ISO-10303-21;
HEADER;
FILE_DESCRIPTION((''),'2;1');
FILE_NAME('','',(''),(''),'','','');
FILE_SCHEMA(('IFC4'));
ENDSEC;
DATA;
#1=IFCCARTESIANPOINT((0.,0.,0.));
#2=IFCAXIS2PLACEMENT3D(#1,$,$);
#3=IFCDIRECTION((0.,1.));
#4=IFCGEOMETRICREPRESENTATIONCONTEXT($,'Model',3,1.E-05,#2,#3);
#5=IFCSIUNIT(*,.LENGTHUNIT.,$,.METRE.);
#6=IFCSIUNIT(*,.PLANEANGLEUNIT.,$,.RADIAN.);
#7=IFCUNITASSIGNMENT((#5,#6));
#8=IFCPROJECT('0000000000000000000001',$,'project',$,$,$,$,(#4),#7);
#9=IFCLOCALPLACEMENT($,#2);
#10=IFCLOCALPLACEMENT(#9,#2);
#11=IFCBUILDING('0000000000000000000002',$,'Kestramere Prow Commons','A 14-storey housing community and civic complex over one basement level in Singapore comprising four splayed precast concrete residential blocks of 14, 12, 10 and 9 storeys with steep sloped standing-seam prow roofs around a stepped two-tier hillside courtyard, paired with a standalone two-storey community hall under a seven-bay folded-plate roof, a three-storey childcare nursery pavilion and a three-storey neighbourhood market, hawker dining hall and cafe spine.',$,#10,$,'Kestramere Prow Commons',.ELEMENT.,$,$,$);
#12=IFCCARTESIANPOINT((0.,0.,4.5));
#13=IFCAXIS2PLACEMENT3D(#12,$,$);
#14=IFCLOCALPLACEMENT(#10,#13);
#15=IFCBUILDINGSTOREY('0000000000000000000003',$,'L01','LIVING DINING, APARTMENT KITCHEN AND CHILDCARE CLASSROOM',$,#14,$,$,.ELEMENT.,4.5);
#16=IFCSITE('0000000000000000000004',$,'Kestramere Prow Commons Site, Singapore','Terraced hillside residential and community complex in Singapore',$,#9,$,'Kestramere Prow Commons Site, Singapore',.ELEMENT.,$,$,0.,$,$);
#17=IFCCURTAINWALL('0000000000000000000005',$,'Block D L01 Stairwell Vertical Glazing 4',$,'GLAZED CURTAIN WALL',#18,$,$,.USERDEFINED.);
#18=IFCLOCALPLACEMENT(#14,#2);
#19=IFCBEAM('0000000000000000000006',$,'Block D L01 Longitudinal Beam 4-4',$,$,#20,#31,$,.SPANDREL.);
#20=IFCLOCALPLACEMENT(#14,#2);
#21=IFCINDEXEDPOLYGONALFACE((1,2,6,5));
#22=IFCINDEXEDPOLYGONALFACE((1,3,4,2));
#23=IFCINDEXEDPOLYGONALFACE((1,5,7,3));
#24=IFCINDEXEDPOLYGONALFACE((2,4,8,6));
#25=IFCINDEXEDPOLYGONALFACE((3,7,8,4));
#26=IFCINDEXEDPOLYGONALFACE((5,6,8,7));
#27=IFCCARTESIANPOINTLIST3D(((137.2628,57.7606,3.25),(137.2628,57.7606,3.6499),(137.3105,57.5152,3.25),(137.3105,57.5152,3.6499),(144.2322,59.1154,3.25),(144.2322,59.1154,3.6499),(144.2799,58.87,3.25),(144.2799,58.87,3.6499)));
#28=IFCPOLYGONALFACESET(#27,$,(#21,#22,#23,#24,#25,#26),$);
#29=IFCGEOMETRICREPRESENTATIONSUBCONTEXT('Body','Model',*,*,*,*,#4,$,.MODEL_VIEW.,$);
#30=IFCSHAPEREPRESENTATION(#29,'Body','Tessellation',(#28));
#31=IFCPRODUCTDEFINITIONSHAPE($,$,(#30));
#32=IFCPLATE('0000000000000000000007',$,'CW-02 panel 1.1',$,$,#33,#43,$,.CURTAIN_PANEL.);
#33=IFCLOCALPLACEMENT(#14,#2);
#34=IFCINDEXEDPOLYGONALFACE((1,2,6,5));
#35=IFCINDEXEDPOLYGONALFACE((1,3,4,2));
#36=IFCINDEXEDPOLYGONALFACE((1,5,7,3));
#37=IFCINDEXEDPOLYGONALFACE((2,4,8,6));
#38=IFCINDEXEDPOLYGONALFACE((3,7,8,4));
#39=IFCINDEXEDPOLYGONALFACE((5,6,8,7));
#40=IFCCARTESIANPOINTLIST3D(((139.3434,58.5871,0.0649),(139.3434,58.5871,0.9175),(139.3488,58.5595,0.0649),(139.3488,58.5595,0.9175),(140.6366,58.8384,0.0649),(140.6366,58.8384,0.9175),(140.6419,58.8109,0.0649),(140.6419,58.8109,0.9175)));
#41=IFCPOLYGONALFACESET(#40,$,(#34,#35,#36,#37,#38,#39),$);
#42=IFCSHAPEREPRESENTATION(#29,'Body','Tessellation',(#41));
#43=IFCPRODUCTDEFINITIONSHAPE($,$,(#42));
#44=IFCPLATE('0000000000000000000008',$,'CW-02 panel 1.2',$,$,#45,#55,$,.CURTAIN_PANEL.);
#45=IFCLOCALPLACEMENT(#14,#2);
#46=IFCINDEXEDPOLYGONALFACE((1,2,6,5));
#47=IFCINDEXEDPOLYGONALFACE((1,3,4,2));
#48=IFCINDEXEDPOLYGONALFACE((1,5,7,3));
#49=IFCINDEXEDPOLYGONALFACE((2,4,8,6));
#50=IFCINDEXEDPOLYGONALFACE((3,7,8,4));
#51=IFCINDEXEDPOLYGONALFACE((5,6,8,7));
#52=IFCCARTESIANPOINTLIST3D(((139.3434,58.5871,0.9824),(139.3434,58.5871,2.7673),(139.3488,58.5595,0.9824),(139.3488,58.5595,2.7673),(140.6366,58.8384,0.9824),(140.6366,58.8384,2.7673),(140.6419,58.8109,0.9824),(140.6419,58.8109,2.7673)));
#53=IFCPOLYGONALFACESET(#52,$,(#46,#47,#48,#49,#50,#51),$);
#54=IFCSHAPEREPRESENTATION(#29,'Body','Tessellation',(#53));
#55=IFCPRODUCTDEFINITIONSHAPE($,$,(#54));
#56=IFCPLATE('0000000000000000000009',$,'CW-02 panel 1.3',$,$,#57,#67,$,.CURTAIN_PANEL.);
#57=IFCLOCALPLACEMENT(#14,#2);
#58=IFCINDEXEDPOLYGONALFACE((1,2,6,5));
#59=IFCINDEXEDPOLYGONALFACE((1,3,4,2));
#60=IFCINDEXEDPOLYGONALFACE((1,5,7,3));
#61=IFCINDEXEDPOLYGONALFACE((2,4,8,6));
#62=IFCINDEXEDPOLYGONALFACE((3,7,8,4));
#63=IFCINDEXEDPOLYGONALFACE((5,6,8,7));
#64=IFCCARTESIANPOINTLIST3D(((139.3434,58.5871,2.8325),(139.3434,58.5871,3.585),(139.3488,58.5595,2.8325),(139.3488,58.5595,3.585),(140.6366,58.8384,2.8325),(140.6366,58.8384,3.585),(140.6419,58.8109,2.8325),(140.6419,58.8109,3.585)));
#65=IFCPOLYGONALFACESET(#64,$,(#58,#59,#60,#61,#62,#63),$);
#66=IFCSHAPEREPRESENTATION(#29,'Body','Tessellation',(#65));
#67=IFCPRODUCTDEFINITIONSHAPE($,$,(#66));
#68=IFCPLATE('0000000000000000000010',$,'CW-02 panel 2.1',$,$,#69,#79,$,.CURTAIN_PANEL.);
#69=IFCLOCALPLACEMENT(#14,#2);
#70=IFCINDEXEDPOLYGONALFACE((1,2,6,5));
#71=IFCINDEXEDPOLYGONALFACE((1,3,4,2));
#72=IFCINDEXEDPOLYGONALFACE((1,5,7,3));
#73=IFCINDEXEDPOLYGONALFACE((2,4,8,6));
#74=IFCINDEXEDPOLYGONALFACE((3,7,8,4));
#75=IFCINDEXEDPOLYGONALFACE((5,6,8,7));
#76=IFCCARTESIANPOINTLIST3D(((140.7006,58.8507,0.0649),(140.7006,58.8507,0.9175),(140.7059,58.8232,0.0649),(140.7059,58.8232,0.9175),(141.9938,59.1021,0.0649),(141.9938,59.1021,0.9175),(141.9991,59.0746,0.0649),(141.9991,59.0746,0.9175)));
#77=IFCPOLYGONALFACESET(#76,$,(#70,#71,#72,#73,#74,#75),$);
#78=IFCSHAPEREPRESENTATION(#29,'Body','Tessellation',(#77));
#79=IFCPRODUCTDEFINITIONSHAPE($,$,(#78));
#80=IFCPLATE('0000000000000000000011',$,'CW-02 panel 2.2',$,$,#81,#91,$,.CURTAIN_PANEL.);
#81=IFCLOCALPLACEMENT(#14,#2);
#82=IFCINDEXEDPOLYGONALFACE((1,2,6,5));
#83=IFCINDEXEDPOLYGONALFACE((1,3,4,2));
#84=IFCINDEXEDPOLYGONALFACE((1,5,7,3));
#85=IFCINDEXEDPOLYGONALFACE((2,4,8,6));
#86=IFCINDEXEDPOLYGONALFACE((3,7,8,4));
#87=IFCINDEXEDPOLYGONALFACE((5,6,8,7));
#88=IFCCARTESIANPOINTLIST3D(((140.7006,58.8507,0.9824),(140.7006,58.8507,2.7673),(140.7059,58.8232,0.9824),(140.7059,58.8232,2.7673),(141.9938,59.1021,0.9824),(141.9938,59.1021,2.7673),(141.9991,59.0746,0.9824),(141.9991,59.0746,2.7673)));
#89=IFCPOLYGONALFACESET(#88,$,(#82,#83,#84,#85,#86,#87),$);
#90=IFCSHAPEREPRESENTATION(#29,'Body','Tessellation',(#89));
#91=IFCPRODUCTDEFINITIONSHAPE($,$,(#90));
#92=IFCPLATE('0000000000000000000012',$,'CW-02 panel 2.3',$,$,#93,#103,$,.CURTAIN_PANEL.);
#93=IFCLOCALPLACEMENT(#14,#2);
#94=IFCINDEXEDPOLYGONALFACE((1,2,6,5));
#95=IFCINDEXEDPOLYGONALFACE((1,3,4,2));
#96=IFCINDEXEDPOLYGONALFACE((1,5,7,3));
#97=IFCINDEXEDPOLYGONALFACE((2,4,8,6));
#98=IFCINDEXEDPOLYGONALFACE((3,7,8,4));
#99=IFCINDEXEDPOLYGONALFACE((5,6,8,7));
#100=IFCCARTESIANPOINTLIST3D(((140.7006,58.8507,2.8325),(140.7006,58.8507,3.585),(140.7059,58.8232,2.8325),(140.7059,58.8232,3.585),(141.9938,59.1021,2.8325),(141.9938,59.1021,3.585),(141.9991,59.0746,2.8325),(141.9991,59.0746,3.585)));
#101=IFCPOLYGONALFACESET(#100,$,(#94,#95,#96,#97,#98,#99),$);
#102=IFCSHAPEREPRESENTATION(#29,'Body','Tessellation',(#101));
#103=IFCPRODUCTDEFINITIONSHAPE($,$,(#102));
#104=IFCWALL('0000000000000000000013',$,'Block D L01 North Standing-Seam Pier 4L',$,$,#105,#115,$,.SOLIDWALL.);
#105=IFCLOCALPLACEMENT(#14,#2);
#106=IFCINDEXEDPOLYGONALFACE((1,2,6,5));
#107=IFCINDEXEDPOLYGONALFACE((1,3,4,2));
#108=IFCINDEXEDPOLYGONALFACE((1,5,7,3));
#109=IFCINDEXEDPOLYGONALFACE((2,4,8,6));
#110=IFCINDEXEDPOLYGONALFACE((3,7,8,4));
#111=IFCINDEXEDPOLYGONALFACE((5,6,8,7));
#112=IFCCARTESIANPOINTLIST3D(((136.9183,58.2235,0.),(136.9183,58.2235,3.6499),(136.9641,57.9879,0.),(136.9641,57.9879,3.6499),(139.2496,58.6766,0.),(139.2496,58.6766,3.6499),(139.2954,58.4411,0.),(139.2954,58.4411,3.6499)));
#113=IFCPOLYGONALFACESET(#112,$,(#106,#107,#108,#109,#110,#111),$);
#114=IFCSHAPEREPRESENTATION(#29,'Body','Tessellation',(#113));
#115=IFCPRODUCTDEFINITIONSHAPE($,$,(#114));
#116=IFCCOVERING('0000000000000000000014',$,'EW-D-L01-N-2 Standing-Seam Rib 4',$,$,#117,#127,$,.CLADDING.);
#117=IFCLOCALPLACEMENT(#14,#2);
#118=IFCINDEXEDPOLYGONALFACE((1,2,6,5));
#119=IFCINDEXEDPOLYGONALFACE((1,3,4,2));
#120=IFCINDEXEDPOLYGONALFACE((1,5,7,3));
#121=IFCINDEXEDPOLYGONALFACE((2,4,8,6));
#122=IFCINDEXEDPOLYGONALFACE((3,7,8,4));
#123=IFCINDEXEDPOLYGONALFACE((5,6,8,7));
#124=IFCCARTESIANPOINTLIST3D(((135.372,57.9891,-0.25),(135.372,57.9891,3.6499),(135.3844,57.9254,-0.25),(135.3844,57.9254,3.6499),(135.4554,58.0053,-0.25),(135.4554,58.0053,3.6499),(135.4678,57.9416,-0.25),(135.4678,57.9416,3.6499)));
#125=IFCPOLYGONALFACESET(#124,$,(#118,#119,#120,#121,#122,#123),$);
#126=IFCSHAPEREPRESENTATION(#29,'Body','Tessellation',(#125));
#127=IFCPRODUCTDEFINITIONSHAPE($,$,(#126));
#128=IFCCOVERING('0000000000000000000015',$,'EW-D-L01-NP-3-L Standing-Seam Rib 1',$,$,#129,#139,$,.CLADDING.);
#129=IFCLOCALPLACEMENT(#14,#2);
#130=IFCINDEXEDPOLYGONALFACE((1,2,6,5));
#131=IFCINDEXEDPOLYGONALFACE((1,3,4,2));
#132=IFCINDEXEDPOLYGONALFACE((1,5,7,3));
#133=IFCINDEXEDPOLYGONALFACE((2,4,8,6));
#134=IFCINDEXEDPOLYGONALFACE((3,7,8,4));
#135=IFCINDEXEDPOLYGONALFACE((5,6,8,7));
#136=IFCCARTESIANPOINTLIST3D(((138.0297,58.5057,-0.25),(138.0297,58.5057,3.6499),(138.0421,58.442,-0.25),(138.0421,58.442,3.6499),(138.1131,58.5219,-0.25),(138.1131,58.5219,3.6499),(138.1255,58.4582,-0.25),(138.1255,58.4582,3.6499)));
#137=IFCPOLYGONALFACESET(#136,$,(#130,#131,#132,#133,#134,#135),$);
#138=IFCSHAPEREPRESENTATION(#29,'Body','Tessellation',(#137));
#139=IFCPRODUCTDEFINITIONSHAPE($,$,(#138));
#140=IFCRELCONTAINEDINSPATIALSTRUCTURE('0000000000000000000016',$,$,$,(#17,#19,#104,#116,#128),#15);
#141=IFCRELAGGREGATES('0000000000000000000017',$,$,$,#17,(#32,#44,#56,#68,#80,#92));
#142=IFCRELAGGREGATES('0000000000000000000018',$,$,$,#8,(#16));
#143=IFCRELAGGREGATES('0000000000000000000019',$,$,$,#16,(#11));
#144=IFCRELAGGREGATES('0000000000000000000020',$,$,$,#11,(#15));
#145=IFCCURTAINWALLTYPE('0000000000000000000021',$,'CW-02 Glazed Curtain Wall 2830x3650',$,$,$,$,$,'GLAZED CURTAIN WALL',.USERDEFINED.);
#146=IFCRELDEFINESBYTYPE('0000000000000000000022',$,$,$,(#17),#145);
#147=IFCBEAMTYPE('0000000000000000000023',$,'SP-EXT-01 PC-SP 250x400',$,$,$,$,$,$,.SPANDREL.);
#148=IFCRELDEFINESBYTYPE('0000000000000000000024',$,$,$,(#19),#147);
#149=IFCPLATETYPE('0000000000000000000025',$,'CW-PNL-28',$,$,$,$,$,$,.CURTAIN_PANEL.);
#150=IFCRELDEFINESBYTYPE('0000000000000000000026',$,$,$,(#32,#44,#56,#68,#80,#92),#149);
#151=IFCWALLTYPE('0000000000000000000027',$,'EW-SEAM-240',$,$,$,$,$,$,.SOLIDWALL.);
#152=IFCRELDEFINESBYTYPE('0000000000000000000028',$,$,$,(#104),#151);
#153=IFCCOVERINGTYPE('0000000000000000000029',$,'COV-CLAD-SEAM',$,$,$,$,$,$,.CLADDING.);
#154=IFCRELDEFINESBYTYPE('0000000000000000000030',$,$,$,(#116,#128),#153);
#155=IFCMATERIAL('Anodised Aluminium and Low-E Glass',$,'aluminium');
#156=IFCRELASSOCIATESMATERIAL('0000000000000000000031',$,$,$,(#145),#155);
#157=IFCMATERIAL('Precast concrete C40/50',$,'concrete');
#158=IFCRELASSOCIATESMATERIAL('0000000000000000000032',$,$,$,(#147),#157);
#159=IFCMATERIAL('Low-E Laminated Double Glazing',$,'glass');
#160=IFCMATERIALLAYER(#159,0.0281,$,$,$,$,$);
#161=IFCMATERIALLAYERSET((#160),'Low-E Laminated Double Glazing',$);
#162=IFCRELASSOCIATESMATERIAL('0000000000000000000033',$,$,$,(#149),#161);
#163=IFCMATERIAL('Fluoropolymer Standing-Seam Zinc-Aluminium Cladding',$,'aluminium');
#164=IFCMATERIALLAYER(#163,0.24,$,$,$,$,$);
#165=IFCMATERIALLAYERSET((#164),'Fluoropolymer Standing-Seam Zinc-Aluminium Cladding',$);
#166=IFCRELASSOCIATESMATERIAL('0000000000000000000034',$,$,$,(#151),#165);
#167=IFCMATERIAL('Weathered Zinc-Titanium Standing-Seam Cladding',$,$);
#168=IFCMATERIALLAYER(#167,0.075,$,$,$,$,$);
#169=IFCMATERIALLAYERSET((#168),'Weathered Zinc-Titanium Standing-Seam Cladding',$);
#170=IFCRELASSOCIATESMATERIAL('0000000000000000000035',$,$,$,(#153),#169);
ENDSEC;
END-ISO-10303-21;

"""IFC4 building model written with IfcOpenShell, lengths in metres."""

from ifc_helpers import new_model, si_unit, direction, frame, frame_2d, origin, origin_2d, place, context, subcontext, project, spatial, rectangle, extrude, material, layer, layer_set, material_profile, profile_set, type_object, element, aggregate, save


model = new_model("IFC4")

# Units and contexts
model_context = context("Model", 3, precision=1e-05, world=origin(), true_north=direction((0.0, 1.0)))
body_context = subcontext(model_context, "Body", "Model", "MODEL_VIEW")
ifc_project = project(units=[si_unit("LENGTHUNIT", "METRE"), si_unit("PLANEANGLEUNIT", "RADIAN")], contexts=[model_context])

# Site, building, storey
site_placement = place(None, origin())
site = spatial("IfcSite", under=ifc_project, at=site_placement, Name="Kestramere Prow Commons Site, Singapore", Description="Terraced hillside residential and community complex in Singapore", LongName="Kestramere Prow Commons Site, Singapore", CompositionType="ELEMENT", RefElevation=0.0)
building_placement = place(site_placement, origin())
building = spatial("IfcBuilding", under=site, at=building_placement, Name="Kestramere Prow Commons", Description="A 14-storey housing community and civic complex over one basement level in Singapore comprising four splayed precast concrete residential blocks of 14, 12, 10 and 9 storeys with steep sloped standing-seam prow roofs around a stepped two-tier hillside courtyard, paired with a standalone two-storey community hall under a seven-bay folded-plate roof, a three-storey childcare nursery pavilion and a three-storey neighbourhood market, hawker dining hall and cafe spine.", LongName="Kestramere Prow Commons", CompositionType="ELEMENT")
storey_placement = place(building_placement, frame((0.0, 0.0, 4.5)))
storey = spatial("IfcBuildingStorey", under=building, at=storey_placement, Name="L01", Description="LIVING DINING, APARTMENT KITCHEN AND CHILDCARE CLASSROOM", CompositionType="ELEMENT", Elevation=4.5)

# Shared definitions
ifc_material_1 = material(Name="Precast concrete C40/50", Category="concrete")

# Curtain wall
ifc_material_2 = material(Name="Anodised Aluminium and Low-E Glass", Category="aluminium")
curtain_wall_type = type_object("IfcCurtainWallType", Name="CW-02 Glazed Curtain Wall 2830x3650", ElementType="GLAZED CURTAIN WALL", PredefinedType="USERDEFINED", material=ifc_material_2)
curtain_wall_placement = place(storey_placement, origin())
curtain_wall = element("IfcCurtainWall", 1, at=curtain_wall_placement, inside=storey, type_object=curtain_wall_type, Name="Block D L01 Stairwell Vertical Glazing 4", ObjectType="GLAZED CURTAIN WALL", PredefinedType="USERDEFINED")

# Beam
ifc_material_profile_1 = material_profile(ifc_material_1, rectangle(XDim=0.25, YDim=0.3999, at=origin_2d()), Name="PC-SP 250x400")
ifc_profile_set_1 = profile_set([ifc_material_profile_1], Name="Precast concrete C40/50")
beam_type = type_object("IfcBeamType", Name="SP-EXT-01 PC-SP 250x400", PredefinedType="SPANDREL", material=ifc_profile_set_1)
beam_placement = place(storey_placement, frame((137.2866, 57.6379, 3.45), z_axis=(0.981627, 0.19081, 0.0), x_axis=(-0.19081, 0.981627, 0.0)))
element("IfcBeam", 2, at=beam_placement, inside=storey, type_object=beam_type, Name="Block D L01 Longitudinal Beam 4-4", PredefinedType="SPANDREL", context=body_context, shape_type="SweptSolid", body=[
    extrude(rectangle(XDim=0.25, YDim=0.3999, at=origin_2d()), origin(), (0.0, 0.0, 1.0), 7.0999),
])

# Plates
ifc_material_3 = material(Name="Low-E Laminated Double Glazing", Category="glass")
ifc_layer_1 = layer(ifc_material_3, 0.0281)
ifc_layer_set_1 = layer_set([ifc_layer_1], Name="Low-E Laminated Double Glazing")
plate_type = type_object("IfcPlateType", Name="CW-PNL-28", PredefinedType="CURTAIN_PANEL", material=ifc_layer_set_1)
plate_1_placement = place(storey_placement, frame((139.9927, 58.699, 0.0649), z_axis=(0.0, 0.0, 1.0), x_axis=(0.981627, 0.190809, 0.0)))
plate_1 = element("IfcPlate", 3, at=plate_1_placement, type_object=plate_type, Name="CW-02 panel 1.1", PredefinedType="CURTAIN_PANEL", context=body_context, shape_type="SweptSolid", body=[
    extrude(rectangle(XDim=1.3174, YDim=0.0281, at=origin_2d()), origin(), (0.0, 0.0, 1.0), 0.8525),
])
plate_2_placement = place(storey_placement, frame((139.9927, 58.699, 0.9824), z_axis=(0.0, 0.0, 1.0), x_axis=(0.981627, 0.190809, 0.0)))
plate_2 = element("IfcPlate", 4, at=plate_2_placement, type_object=plate_type, Name="CW-02 panel 1.2", PredefinedType="CURTAIN_PANEL", context=body_context, shape_type="SweptSolid", body=[
    extrude(rectangle(XDim=1.3174, YDim=0.0281, at=origin_2d()), origin(), (0.0, 0.0, 1.0), 1.7849),
])
plate_3_placement = place(storey_placement, frame((139.9927, 58.699, 2.8325), z_axis=(0.0, 0.0, 1.0), x_axis=(0.981627, 0.190809, 0.0)))
plate_3 = element("IfcPlate", 5, at=plate_3_placement, type_object=plate_type, Name="CW-02 panel 1.3", PredefinedType="CURTAIN_PANEL", context=body_context, shape_type="SweptSolid", body=[
    extrude(rectangle(XDim=1.3174, YDim=0.0281, at=origin_2d()), origin(), (0.0, 0.0, 1.0), 0.7524),
])
plate_4_placement = place(storey_placement, frame((141.3499, 58.9626, 0.0649), z_axis=(0.0, 0.0, 1.0), x_axis=(0.981627, 0.190809, 0.0)))
plate_4 = element("IfcPlate", 6, at=plate_4_placement, type_object=plate_type, Name="CW-02 panel 2.1", PredefinedType="CURTAIN_PANEL", context=body_context, shape_type="SweptSolid", body=[
    extrude(rectangle(XDim=1.3174, YDim=0.0281, at=origin_2d()), origin(), (0.0, 0.0, 1.0), 0.8525),
])
plate_5_placement = place(storey_placement, frame((141.3499, 58.9626, 0.9824), z_axis=(0.0, 0.0, 1.0), x_axis=(0.981627, 0.190809, 0.0)))
plate_5 = element("IfcPlate", 7, at=plate_5_placement, type_object=plate_type, Name="CW-02 panel 2.2", PredefinedType="CURTAIN_PANEL", context=body_context, shape_type="SweptSolid", body=[
    extrude(rectangle(XDim=1.3174, YDim=0.0281, at=origin_2d()), origin(), (0.0, 0.0, 1.0), 1.7849),
])
plate_6_placement = place(storey_placement, frame((141.3499, 58.9626, 2.8325), z_axis=(0.0, 0.0, 1.0), x_axis=(0.981627, 0.190809, 0.0)))
plate_6 = element("IfcPlate", 8, at=plate_6_placement, type_object=plate_type, Name="CW-02 panel 2.3", PredefinedType="CURTAIN_PANEL", context=body_context, shape_type="SweptSolid", body=[
    extrude(rectangle(XDim=1.3174, YDim=0.0281, at=origin_2d()), origin(), (0.0, 0.0, 1.0), 0.7524),
])
aggregate(curtain_wall, [plate_1, plate_2, plate_3, plate_4, plate_5, plate_6])

# Wall
ifc_material_4 = material(Name="Fluoropolymer Standing-Seam Zinc-Aluminium Cladding", Category="aluminium")
ifc_layer_2 = layer(ifc_material_4, 0.24)
ifc_layer_set_2 = layer_set([ifc_layer_2], Name="Fluoropolymer Standing-Seam Zinc-Aluminium Cladding")
wall_type = type_object("IfcWallType", Name="EW-SEAM-240", PredefinedType="SOLIDWALL", material=ifc_layer_set_2)
wall_placement = place(storey_placement, frame((136.9412, 58.1057, 0.0), z_axis=(0.0, 0.0, 1.0), x_axis=(0.98163, 0.190795, 0.0)))
element("IfcWall", 9, at=wall_placement, inside=storey, type_object=wall_type, Name="Block D L01 North Standing-Seam Pier 4L", PredefinedType="SOLIDWALL", context=body_context, shape_type="SweptSolid", body=[
    extrude(rectangle(XDim=2.375, YDim=0.24, at=frame_2d((1.1875, 0.0))), origin(), (0.0, 0.0, 1.0), 3.6499),
])

# Coverings
ifc_material_5 = material(Name="Weathered Zinc-Titanium Standing-Seam Cladding")
ifc_layer_3 = layer(ifc_material_5, 0.075)
ifc_layer_set_3 = layer_set([ifc_layer_3], Name="Weathered Zinc-Titanium Standing-Seam Cladding")
covering_type = type_object("IfcCoveringType", Name="COV-CLAD-SEAM", PredefinedType="CLADDING", material=ifc_layer_set_3)
for number, where, z_axis, x_axis, name in (
    (10, (135.4199, 57.9653, -0.25), (0.0, 0.0, 1.0), (0.981627, 0.190809, 0.0), "EW-D-L01-N-2 Standing-Seam Rib 4"),
    (11, (138.0776, 58.4819, -0.25), (0.0, 0.0, 1.0), (0.981627, 0.190809, 0.0), "EW-D-L01-NP-3-L Standing-Seam Rib 1"),
):
    element("IfcCovering", number, at=place(storey_placement, frame(where, z_axis=z_axis, x_axis=x_axis)), inside=storey, type_object=covering_type, Name=name, PredefinedType="CLADDING", context=body_context, shape_type="SweptSolid", body=[
        extrude(rectangle(XDim=0.085, YDim=0.0649, at=origin_2d()), origin(), (0.0, 0.0, 1.0), 3.8999),
    ])

save(model, "model.ifc")
